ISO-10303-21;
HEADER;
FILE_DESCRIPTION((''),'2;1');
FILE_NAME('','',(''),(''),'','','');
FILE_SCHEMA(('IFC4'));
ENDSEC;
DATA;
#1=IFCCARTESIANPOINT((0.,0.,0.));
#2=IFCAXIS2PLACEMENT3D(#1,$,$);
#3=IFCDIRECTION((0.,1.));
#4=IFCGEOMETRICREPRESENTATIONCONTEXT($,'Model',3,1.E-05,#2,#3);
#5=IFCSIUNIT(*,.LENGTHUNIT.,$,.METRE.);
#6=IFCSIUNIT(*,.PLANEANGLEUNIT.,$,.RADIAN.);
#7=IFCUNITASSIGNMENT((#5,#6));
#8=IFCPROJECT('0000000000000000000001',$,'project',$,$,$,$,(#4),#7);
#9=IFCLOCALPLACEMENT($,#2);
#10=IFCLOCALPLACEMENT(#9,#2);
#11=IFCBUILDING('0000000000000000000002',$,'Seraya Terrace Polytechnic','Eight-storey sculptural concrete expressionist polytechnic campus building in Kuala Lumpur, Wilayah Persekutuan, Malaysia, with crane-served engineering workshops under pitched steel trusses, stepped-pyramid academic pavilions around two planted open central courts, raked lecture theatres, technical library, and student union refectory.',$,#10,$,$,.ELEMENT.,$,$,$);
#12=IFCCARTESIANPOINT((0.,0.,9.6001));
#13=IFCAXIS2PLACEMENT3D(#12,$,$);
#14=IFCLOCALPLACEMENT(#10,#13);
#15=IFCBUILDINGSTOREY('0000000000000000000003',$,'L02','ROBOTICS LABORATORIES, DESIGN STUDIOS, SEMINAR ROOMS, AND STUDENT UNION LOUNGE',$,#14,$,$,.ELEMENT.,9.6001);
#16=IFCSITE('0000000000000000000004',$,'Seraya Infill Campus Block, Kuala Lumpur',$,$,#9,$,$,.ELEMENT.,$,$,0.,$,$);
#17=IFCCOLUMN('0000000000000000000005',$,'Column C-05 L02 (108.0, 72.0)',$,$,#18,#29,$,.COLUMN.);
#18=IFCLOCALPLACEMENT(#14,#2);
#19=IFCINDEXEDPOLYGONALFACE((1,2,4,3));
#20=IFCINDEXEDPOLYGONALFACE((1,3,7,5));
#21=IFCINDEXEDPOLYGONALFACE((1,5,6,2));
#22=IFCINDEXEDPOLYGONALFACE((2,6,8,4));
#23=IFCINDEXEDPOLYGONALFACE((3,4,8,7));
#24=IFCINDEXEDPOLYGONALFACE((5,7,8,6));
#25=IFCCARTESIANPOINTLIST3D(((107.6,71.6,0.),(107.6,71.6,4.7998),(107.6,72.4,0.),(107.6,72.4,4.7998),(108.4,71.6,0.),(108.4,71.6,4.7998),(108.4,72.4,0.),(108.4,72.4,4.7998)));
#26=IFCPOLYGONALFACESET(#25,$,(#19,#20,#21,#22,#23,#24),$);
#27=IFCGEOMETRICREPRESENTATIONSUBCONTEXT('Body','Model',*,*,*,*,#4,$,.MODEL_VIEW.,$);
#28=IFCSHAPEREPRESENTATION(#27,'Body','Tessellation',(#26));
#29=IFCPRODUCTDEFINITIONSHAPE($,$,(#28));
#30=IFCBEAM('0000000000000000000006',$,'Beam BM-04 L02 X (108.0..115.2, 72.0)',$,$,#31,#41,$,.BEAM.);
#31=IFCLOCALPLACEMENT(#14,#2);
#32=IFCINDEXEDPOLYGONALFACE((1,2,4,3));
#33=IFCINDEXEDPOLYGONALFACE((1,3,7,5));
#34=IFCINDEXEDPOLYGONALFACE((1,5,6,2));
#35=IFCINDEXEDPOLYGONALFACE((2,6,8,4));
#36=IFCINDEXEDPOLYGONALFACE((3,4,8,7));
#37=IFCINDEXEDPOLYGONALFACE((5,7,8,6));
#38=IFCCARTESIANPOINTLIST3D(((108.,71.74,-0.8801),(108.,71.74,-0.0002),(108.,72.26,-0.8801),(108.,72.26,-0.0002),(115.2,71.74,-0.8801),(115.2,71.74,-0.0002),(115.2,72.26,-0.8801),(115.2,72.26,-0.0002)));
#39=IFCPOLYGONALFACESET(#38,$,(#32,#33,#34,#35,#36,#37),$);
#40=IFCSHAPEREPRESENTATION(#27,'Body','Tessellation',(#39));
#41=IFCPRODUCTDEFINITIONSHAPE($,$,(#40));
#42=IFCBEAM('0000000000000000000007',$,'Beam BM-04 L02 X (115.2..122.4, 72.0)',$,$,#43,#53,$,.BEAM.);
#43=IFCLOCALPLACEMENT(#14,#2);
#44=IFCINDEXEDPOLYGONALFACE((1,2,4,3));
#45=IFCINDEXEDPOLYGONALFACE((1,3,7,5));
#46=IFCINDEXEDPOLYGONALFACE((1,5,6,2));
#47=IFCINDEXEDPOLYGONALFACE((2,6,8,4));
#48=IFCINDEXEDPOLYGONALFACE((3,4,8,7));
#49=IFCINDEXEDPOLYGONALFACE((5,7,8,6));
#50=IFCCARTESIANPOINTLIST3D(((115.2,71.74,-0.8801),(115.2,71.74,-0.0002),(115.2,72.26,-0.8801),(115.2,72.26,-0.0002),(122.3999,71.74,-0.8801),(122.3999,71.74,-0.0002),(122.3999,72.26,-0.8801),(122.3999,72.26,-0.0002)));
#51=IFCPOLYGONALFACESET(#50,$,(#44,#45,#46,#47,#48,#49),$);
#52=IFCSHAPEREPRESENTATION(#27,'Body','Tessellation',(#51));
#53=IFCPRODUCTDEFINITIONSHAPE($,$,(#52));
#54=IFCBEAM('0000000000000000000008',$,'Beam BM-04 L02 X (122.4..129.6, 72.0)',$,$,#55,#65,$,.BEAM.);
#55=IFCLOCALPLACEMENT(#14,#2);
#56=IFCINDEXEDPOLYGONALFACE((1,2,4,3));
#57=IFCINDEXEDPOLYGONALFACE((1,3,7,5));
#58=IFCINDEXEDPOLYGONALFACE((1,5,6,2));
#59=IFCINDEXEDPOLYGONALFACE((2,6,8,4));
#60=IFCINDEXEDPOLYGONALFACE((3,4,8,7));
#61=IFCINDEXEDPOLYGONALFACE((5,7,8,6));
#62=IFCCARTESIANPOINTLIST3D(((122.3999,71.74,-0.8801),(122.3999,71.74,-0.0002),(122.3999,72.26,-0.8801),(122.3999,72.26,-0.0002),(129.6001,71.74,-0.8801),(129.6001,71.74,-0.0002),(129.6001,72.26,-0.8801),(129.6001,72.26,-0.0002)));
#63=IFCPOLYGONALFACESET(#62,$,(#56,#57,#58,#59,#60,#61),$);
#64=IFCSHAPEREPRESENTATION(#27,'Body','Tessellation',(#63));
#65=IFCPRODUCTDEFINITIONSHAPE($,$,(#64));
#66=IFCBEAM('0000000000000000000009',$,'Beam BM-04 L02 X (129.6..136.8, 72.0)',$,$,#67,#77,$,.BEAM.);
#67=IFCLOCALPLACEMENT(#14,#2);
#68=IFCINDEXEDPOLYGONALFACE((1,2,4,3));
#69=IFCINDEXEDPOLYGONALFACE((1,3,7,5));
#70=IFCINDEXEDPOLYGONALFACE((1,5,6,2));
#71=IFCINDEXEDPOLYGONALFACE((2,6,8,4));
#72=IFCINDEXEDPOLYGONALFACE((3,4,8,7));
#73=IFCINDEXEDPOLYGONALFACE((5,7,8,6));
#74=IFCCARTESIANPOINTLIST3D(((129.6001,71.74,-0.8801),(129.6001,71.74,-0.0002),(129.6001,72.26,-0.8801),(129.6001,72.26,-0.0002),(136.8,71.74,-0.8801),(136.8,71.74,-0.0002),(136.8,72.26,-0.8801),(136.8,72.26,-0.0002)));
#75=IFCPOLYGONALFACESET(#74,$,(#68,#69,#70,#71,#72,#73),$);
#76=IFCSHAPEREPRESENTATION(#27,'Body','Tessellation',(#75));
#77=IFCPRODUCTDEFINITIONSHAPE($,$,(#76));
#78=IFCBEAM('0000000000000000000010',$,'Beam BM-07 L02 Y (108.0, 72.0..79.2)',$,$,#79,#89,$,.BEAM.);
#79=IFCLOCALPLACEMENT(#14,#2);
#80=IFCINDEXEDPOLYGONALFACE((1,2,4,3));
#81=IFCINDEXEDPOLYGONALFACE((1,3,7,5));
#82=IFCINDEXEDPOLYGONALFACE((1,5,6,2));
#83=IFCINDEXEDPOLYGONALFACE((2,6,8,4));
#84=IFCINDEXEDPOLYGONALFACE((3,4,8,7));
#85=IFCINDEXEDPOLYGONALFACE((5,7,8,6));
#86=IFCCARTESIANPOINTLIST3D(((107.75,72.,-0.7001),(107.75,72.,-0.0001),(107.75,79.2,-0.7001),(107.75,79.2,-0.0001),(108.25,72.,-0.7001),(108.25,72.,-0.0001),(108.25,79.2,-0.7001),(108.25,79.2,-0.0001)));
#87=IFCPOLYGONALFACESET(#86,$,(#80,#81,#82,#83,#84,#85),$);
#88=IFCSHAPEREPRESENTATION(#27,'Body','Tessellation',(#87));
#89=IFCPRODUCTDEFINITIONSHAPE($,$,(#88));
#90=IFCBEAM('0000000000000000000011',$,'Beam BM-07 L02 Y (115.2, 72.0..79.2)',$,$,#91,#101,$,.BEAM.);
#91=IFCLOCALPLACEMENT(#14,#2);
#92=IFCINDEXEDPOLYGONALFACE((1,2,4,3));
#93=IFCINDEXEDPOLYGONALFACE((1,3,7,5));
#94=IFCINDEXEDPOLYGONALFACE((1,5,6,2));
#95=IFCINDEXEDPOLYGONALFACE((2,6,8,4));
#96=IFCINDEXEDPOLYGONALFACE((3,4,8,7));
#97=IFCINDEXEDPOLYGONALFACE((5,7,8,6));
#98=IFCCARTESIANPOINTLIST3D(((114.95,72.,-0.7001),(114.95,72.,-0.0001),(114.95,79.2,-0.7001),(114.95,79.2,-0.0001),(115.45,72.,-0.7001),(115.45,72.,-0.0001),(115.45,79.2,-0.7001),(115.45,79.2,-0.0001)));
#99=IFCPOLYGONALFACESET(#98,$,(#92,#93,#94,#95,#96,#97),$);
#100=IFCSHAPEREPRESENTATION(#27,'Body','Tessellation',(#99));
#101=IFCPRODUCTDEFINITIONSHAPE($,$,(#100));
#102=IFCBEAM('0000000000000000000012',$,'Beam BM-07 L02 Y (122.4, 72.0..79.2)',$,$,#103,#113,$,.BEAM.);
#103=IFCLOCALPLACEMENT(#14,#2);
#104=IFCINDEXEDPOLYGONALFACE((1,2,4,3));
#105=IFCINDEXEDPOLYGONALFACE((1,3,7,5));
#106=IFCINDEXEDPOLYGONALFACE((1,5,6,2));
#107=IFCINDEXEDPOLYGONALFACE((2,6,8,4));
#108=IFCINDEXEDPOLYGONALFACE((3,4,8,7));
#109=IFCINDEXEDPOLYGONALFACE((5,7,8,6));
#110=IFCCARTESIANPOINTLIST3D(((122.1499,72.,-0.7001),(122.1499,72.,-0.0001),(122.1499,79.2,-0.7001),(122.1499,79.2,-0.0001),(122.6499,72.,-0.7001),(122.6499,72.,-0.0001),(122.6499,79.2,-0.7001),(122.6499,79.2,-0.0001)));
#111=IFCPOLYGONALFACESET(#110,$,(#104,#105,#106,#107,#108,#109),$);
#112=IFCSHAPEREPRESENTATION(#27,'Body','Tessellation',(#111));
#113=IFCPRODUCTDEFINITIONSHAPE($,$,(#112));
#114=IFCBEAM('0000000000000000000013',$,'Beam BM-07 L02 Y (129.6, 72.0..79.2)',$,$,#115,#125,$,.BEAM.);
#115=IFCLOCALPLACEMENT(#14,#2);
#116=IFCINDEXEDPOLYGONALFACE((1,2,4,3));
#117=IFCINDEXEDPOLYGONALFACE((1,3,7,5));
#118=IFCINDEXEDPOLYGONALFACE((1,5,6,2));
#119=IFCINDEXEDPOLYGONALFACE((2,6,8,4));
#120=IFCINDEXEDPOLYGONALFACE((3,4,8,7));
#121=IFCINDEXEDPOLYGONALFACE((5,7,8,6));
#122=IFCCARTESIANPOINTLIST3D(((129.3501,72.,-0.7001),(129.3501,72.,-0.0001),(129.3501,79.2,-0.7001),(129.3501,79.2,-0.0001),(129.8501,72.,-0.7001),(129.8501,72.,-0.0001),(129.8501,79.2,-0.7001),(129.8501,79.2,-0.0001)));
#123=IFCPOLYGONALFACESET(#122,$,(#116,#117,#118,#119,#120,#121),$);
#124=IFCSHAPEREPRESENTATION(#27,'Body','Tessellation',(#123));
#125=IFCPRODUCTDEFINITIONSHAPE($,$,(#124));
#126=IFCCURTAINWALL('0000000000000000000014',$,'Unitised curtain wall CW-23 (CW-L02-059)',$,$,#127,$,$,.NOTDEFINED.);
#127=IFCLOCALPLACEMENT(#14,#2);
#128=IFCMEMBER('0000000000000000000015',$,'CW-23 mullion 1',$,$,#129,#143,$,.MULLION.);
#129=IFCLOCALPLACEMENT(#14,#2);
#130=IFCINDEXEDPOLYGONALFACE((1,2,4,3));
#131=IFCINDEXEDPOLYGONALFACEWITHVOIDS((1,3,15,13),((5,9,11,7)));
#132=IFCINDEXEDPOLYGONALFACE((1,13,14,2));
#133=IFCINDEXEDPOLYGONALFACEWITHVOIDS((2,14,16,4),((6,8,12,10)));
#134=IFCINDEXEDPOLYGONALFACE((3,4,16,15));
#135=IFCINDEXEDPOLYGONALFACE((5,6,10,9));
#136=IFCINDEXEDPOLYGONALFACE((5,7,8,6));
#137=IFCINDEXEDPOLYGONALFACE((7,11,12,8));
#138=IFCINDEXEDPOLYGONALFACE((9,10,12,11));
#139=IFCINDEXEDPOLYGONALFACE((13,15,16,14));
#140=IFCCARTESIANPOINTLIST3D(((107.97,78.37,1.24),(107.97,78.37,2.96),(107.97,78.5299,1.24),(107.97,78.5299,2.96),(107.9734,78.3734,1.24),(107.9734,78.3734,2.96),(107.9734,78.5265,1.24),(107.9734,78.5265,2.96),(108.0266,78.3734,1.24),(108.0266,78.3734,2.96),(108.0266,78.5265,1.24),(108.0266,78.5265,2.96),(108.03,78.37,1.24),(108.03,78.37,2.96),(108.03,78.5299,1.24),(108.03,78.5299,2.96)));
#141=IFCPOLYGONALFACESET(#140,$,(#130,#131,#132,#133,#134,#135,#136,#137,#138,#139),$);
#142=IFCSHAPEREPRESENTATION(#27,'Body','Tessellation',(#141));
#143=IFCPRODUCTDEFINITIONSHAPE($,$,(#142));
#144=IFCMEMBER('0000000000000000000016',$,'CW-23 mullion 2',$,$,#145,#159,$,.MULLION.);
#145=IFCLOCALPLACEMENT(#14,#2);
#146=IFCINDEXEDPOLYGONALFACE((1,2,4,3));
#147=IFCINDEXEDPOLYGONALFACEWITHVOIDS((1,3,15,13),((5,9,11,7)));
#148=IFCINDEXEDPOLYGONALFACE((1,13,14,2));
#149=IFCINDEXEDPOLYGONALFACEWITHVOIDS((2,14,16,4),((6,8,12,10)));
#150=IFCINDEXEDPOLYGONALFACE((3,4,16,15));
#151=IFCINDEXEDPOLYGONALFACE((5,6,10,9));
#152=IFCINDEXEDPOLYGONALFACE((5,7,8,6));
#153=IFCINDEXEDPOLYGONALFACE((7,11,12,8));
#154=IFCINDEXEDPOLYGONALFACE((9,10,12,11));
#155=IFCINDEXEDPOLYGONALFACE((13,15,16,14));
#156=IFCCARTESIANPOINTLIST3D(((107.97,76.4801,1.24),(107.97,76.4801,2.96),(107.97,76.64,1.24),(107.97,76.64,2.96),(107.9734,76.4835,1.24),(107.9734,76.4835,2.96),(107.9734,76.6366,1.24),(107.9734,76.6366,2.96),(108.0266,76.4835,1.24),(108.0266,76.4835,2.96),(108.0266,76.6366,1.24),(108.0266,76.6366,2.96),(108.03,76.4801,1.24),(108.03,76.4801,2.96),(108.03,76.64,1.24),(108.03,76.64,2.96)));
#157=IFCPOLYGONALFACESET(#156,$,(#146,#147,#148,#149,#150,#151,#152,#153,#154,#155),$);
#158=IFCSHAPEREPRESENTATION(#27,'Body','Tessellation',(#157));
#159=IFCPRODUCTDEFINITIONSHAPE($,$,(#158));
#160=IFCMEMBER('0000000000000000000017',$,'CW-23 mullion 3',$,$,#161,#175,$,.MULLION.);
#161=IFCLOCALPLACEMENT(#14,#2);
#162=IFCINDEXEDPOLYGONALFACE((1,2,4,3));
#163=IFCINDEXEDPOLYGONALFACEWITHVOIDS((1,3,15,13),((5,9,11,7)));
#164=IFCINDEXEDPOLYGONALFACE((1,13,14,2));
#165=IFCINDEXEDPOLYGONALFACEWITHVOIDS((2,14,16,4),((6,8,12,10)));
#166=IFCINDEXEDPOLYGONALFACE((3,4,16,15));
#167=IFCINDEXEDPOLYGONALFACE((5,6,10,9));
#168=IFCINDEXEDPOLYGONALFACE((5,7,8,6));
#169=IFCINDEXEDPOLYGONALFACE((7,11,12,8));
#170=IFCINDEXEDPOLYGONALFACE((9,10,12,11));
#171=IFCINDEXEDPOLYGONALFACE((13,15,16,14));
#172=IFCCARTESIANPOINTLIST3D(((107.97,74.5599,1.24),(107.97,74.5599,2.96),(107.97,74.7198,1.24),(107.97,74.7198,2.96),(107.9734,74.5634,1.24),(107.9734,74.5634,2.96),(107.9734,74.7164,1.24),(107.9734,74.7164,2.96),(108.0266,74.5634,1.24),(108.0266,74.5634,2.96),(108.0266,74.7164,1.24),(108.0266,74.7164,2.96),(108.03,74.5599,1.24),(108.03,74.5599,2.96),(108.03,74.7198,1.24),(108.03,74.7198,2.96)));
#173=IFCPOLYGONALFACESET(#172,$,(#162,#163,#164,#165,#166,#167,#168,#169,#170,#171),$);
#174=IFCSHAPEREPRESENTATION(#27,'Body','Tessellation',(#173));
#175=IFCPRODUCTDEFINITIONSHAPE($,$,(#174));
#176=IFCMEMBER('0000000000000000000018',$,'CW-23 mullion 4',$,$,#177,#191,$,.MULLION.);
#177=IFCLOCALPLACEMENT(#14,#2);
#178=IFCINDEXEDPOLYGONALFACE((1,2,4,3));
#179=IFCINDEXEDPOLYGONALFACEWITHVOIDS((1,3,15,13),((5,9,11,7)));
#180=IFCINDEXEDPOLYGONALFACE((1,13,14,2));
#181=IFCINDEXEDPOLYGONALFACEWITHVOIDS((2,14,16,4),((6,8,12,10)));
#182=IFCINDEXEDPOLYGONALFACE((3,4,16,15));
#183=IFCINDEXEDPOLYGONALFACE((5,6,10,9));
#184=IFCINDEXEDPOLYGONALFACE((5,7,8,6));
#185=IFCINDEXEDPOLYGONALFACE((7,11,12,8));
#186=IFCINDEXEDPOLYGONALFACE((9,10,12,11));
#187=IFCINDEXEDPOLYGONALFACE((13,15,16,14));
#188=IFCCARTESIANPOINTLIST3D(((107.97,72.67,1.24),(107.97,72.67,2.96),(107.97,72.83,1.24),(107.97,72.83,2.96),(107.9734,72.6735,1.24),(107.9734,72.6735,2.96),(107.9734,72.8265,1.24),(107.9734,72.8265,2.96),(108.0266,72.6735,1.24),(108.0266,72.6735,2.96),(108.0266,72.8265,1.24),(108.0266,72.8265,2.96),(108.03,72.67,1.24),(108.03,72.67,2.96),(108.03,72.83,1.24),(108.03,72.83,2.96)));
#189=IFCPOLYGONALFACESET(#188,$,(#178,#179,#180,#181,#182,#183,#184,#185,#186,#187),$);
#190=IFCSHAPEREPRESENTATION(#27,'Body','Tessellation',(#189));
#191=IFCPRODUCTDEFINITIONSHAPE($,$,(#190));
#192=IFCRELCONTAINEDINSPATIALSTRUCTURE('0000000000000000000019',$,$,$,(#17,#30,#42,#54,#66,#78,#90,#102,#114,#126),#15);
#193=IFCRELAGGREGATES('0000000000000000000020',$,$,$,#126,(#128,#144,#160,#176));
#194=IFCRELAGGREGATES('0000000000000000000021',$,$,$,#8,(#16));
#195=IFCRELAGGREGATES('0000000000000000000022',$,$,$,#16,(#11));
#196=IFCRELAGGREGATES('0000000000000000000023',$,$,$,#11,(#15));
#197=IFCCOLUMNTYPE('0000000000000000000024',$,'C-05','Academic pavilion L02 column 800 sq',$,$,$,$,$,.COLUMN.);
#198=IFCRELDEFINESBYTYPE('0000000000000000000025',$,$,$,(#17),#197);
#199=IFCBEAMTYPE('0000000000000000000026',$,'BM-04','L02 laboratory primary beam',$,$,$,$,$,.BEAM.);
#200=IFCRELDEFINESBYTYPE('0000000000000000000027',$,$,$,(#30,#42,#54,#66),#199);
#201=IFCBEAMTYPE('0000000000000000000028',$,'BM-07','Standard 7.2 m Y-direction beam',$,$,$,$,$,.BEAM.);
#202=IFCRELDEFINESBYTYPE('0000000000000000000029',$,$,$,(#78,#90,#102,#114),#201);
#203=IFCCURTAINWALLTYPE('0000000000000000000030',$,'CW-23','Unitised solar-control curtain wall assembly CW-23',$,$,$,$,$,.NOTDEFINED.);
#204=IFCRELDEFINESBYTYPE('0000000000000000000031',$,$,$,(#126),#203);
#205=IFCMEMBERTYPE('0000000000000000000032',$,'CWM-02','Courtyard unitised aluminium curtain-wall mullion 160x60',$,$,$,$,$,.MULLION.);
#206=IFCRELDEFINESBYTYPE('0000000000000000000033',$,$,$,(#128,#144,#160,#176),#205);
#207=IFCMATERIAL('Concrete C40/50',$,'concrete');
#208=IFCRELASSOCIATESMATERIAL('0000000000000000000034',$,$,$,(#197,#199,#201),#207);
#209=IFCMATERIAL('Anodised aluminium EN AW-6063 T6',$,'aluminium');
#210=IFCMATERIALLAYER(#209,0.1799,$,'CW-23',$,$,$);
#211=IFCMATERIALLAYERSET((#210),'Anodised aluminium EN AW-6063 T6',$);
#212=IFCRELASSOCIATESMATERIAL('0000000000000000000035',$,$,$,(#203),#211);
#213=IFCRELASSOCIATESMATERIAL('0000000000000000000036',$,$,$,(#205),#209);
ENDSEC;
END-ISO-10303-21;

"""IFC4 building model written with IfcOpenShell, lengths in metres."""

from ifc_helpers import new_model, si_unit, direction, frame, origin, origin_2d, place, context, subcontext, project, spatial, rectangle, hollow_rectangle, extrude, material, layer, layer_set, material_profile, profile_set, type_object, element, aggregate, save


model = new_model("IFC4")

# Units and contexts
model_context = context("Model", 3, precision=1e-05, world=origin(), true_north=direction((0.0, 1.0)))
body_context = subcontext(model_context, "Body", "Model", "MODEL_VIEW")
ifc_project = project(units=[si_unit("LENGTHUNIT", "METRE"), si_unit("PLANEANGLEUNIT", "RADIAN")], contexts=[model_context])

# Site, building, storey
site_placement = place(None, origin())
site = spatial("IfcSite", under=ifc_project, at=site_placement, Name="Seraya Infill Campus Block, Kuala Lumpur", CompositionType="ELEMENT", RefElevation=0.0)
building_placement = place(site_placement, origin())
building = spatial("IfcBuilding", under=site, at=building_placement, Name="Seraya Terrace Polytechnic", Description="Eight-storey sculptural concrete expressionist polytechnic campus building in Kuala Lumpur, Wilayah Persekutuan, Malaysia, with crane-served engineering workshops under pitched steel trusses, stepped-pyramid academic pavilions around two planted open central courts, raked lecture theatres, technical library, and student union refectory.", CompositionType="ELEMENT")
storey_placement = place(building_placement, frame((0.0, 0.0, 9.6001)))
storey = spatial("IfcBuildingStorey", under=building, at=storey_placement, Name="L02", Description="ROBOTICS LABORATORIES, DESIGN STUDIOS, SEMINAR ROOMS, AND STUDENT UNION LOUNGE", CompositionType="ELEMENT", Elevation=9.6001)

# Column
ifc_material_1 = material(Name="Concrete C40/50", Category="concrete")
ifc_material_profile_1 = material_profile(ifc_material_1, rectangle(XDim=0.8, YDim=0.8, at=origin_2d()), Name="RC 800x800")
ifc_profile_set_1 = profile_set([ifc_material_profile_1], Name="Concrete C40/50")
column_type = type_object("IfcColumnType", Name="C-05", Description="Academic pavilion L02 column 800 sq", PredefinedType="COLUMN", material=ifc_profile_set_1)
column_placement = place(storey_placement, frame((108.0, 72.0, 0.0), z_axis=(0.0, 0.0, 1.0), x_axis=(1.0, 0.0, 0.0)))
element("IfcColumn", 1, at=column_placement, inside=storey, type_object=column_type, Name="Column C-05 L02 (108.0, 72.0)", PredefinedType="COLUMN", context=body_context, shape_type="SweptSolid", body=[
    extrude(rectangle(XDim=0.8, YDim=0.8, at=origin_2d()), origin(), (0.0, 0.0, 1.0), 4.7998),
])

# Beams
ifc_material_profile_2 = material_profile(ifc_material_1, rectangle(XDim=0.52, YDim=0.8799, at=origin_2d()), Name="RC 520x880")
ifc_profile_set_2 = profile_set([ifc_material_profile_2], Name="Concrete C40/50")
beam_type_1 = type_object("IfcBeamType", Name="BM-04", Description="L02 laboratory primary beam", PredefinedType="BEAM", material=ifc_profile_set_2)
for number, where, z_axis, x_axis, name in (
    (2, (108.0, 72.0, -0.4402), (1.0, 0.0, 0.0), (0.0, 1.0, 0.0), "Beam BM-04 L02 X (108.0..115.2, 72.0)"),
    (3, (115.2, 72.0, -0.4402), (1.0, 0.0, 0.0), (0.0, 1.0, 0.0), "Beam BM-04 L02 X (115.2..122.4, 72.0)"),
):
    element("IfcBeam", number, at=place(storey_placement, frame(where, z_axis=z_axis, x_axis=x_axis)), inside=storey, type_object=beam_type_1, Name=name, PredefinedType="BEAM", context=body_context, shape_type="SweptSolid", body=[
        extrude(rectangle(XDim=0.52, YDim=0.8799, at=origin_2d()), origin(), (0.0, 0.0, 1.0), 7.2),
    ])
beam_1_placement = place(storey_placement, frame((122.3999, 72.0, -0.4402), z_axis=(1.0, 0.0, 0.0), x_axis=(0.0, 1.0, 0.0)))
element("IfcBeam", 4, at=beam_1_placement, inside=storey, type_object=beam_type_1, Name="Beam BM-04 L02 X (122.4..129.6, 72.0)", PredefinedType="BEAM", context=body_context, shape_type="SweptSolid", body=[
    extrude(rectangle(XDim=0.52, YDim=0.8799, at=origin_2d()), origin(), (0.0, 0.0, 1.0), 7.2002),
])
beam_2_placement = place(storey_placement, frame((129.6001, 72.0, -0.4402), z_axis=(1.0, 0.0, 0.0), x_axis=(0.0, 1.0, 0.0)))
element("IfcBeam", 5, at=beam_2_placement, inside=storey, type_object=beam_type_1, Name="Beam BM-04 L02 X (129.6..136.8, 72.0)", PredefinedType="BEAM", context=body_context, shape_type="SweptSolid", body=[
    extrude(rectangle(XDim=0.52, YDim=0.8799, at=origin_2d()), origin(), (0.0, 0.0, 1.0), 7.2),
])
ifc_material_profile_3 = material_profile(ifc_material_1, rectangle(XDim=0.5, YDim=0.7, at=origin_2d()), Name="RC 500x700")
ifc_profile_set_3 = profile_set([ifc_material_profile_3], Name="Concrete C40/50")
beam_type_2 = type_object("IfcBeamType", Name="BM-07", Description="Standard 7.2 m Y-direction beam", PredefinedType="BEAM", material=ifc_profile_set_3)
for number, where, z_axis, x_axis, name in (
    (6, (108.0, 72.0, -0.3501), (0.0, 1.0, 0.0), (-1.0, 0.0, 0.0), "Beam BM-07 L02 Y (108.0, 72.0..79.2)"),
    (7, (115.2, 72.0, -0.3501), (0.0, 1.0, 0.0), (-1.0, 0.0, 0.0), "Beam BM-07 L02 Y (115.2, 72.0..79.2)"),
    (8, (122.3999, 72.0, -0.3501), (0.0, 1.0, 0.0), (-1.0, 0.0, 0.0), "Beam BM-07 L02 Y (122.4, 72.0..79.2)"),
    (9, (129.6001, 72.0, -0.3501), (0.0, 1.0, 0.0), (-1.0, 0.0, 0.0), "Beam BM-07 L02 Y (129.6, 72.0..79.2)"),
):
    element("IfcBeam", number, at=place(storey_placement, frame(where, z_axis=z_axis, x_axis=x_axis)), inside=storey, type_object=beam_type_2, Name=name, PredefinedType="BEAM", context=body_context, shape_type="SweptSolid", body=[
        extrude(rectangle(XDim=0.5, YDim=0.7, at=origin_2d()), origin(), (0.0, 0.0, 1.0), 7.2),
    ])

# Curtain wall, members
ifc_material_2 = material(Name="Anodised aluminium EN AW-6063 T6", Category="aluminium")
ifc_layer_1 = layer(ifc_material_2, 0.1799, Name="CW-23")
ifc_layer_set_1 = layer_set([ifc_layer_1], Name="Anodised aluminium EN AW-6063 T6")
curtain_wall_type = type_object("IfcCurtainWallType", Name="CW-23", Description="Unitised solar-control curtain wall assembly CW-23", PredefinedType="NOTDEFINED", material=ifc_layer_set_1)
curtain_wall_placement = place(storey_placement, origin())
curtain_wall = element("IfcCurtainWall", 10, at=curtain_wall_placement, inside=storey, type_object=curtain_wall_type, Name="Unitised curtain wall CW-23 (CW-L02-059)", PredefinedType="NOTDEFINED")
ifc_material_profile_4 = material_profile(ifc_material_2, hollow_rectangle(XDim=0.0601, YDim=0.1599, WallThickness=0.0034, at=origin_2d()), Name="RHS 160x60x3.5")
ifc_profile_set_4 = profile_set([ifc_material_profile_4], Name="Anodised aluminium EN AW-6063 T6")
member_type_1 = type_object("IfcMemberType", Name="CWM-02", Description="Courtyard unitised aluminium curtain-wall mullion 160x60", PredefinedType="MULLION", material=ifc_profile_set_4)
member_1_placement = place(storey_placement, frame((108.0, 78.45, 1.24), z_axis=(0.0, 0.0, 1.0), x_axis=(1.0, 0.0, 0.0)))
member_1 = element("IfcMember", 11, at=member_1_placement, type_object=member_type_1, Name="CW-23 mullion 1", PredefinedType="MULLION", context=body_context, shape_type="SweptSolid", body=[
    extrude(hollow_rectangle(XDim=0.0601, YDim=0.1599, WallThickness=0.0034, at=origin_2d()), origin(), (0.0, 0.0, 1.0), 1.72),
])
member_2_placement = place(storey_placement, frame((108.0, 76.5601, 1.24), z_axis=(0.0, 0.0, 1.0), x_axis=(1.0, 0.0, 0.0)))
member_2 = element("IfcMember", 12, at=member_2_placement, type_object=member_type_1, Name="CW-23 mullion 2", PredefinedType="MULLION", context=body_context, shape_type="SweptSolid", body=[
    extrude(hollow_rectangle(XDim=0.0601, YDim=0.1599, WallThickness=0.0034, at=origin_2d()), origin(), (0.0, 0.0, 1.0), 1.72),
])
member_3_placement = place(storey_placement, frame((108.0, 74.6399, 1.24), z_axis=(0.0, 0.0, 1.0), x_axis=(1.0, 0.0, 0.0)))
member_3 = element("IfcMember", 13, at=member_3_placement, type_object=member_type_1, Name="CW-23 mullion 3", PredefinedType="MULLION", context=body_context, shape_type="SweptSolid", body=[
    extrude(hollow_rectangle(XDim=0.0601, YDim=0.1599, WallThickness=0.0034, at=origin_2d()), origin(), (0.0, 0.0, 1.0), 1.72),
])
member_4_placement = place(storey_placement, frame((108.0, 72.75, 1.24), z_axis=(0.0, 0.0, 1.0), x_axis=(1.0, 0.0, 0.0)))
member_4 = element("IfcMember", 14, at=member_4_placement, type_object=member_type_1, Name="CW-23 mullion 4", PredefinedType="MULLION", context=body_context, shape_type="SweptSolid", body=[
    extrude(hollow_rectangle(XDim=0.0601, YDim=0.1599, WallThickness=0.0034, at=origin_2d()), origin(), (0.0, 0.0, 1.0), 1.72),
])
aggregate(curtain_wall, [member_1, member_2, member_3, member_4])

save(model, "model.ifc")
